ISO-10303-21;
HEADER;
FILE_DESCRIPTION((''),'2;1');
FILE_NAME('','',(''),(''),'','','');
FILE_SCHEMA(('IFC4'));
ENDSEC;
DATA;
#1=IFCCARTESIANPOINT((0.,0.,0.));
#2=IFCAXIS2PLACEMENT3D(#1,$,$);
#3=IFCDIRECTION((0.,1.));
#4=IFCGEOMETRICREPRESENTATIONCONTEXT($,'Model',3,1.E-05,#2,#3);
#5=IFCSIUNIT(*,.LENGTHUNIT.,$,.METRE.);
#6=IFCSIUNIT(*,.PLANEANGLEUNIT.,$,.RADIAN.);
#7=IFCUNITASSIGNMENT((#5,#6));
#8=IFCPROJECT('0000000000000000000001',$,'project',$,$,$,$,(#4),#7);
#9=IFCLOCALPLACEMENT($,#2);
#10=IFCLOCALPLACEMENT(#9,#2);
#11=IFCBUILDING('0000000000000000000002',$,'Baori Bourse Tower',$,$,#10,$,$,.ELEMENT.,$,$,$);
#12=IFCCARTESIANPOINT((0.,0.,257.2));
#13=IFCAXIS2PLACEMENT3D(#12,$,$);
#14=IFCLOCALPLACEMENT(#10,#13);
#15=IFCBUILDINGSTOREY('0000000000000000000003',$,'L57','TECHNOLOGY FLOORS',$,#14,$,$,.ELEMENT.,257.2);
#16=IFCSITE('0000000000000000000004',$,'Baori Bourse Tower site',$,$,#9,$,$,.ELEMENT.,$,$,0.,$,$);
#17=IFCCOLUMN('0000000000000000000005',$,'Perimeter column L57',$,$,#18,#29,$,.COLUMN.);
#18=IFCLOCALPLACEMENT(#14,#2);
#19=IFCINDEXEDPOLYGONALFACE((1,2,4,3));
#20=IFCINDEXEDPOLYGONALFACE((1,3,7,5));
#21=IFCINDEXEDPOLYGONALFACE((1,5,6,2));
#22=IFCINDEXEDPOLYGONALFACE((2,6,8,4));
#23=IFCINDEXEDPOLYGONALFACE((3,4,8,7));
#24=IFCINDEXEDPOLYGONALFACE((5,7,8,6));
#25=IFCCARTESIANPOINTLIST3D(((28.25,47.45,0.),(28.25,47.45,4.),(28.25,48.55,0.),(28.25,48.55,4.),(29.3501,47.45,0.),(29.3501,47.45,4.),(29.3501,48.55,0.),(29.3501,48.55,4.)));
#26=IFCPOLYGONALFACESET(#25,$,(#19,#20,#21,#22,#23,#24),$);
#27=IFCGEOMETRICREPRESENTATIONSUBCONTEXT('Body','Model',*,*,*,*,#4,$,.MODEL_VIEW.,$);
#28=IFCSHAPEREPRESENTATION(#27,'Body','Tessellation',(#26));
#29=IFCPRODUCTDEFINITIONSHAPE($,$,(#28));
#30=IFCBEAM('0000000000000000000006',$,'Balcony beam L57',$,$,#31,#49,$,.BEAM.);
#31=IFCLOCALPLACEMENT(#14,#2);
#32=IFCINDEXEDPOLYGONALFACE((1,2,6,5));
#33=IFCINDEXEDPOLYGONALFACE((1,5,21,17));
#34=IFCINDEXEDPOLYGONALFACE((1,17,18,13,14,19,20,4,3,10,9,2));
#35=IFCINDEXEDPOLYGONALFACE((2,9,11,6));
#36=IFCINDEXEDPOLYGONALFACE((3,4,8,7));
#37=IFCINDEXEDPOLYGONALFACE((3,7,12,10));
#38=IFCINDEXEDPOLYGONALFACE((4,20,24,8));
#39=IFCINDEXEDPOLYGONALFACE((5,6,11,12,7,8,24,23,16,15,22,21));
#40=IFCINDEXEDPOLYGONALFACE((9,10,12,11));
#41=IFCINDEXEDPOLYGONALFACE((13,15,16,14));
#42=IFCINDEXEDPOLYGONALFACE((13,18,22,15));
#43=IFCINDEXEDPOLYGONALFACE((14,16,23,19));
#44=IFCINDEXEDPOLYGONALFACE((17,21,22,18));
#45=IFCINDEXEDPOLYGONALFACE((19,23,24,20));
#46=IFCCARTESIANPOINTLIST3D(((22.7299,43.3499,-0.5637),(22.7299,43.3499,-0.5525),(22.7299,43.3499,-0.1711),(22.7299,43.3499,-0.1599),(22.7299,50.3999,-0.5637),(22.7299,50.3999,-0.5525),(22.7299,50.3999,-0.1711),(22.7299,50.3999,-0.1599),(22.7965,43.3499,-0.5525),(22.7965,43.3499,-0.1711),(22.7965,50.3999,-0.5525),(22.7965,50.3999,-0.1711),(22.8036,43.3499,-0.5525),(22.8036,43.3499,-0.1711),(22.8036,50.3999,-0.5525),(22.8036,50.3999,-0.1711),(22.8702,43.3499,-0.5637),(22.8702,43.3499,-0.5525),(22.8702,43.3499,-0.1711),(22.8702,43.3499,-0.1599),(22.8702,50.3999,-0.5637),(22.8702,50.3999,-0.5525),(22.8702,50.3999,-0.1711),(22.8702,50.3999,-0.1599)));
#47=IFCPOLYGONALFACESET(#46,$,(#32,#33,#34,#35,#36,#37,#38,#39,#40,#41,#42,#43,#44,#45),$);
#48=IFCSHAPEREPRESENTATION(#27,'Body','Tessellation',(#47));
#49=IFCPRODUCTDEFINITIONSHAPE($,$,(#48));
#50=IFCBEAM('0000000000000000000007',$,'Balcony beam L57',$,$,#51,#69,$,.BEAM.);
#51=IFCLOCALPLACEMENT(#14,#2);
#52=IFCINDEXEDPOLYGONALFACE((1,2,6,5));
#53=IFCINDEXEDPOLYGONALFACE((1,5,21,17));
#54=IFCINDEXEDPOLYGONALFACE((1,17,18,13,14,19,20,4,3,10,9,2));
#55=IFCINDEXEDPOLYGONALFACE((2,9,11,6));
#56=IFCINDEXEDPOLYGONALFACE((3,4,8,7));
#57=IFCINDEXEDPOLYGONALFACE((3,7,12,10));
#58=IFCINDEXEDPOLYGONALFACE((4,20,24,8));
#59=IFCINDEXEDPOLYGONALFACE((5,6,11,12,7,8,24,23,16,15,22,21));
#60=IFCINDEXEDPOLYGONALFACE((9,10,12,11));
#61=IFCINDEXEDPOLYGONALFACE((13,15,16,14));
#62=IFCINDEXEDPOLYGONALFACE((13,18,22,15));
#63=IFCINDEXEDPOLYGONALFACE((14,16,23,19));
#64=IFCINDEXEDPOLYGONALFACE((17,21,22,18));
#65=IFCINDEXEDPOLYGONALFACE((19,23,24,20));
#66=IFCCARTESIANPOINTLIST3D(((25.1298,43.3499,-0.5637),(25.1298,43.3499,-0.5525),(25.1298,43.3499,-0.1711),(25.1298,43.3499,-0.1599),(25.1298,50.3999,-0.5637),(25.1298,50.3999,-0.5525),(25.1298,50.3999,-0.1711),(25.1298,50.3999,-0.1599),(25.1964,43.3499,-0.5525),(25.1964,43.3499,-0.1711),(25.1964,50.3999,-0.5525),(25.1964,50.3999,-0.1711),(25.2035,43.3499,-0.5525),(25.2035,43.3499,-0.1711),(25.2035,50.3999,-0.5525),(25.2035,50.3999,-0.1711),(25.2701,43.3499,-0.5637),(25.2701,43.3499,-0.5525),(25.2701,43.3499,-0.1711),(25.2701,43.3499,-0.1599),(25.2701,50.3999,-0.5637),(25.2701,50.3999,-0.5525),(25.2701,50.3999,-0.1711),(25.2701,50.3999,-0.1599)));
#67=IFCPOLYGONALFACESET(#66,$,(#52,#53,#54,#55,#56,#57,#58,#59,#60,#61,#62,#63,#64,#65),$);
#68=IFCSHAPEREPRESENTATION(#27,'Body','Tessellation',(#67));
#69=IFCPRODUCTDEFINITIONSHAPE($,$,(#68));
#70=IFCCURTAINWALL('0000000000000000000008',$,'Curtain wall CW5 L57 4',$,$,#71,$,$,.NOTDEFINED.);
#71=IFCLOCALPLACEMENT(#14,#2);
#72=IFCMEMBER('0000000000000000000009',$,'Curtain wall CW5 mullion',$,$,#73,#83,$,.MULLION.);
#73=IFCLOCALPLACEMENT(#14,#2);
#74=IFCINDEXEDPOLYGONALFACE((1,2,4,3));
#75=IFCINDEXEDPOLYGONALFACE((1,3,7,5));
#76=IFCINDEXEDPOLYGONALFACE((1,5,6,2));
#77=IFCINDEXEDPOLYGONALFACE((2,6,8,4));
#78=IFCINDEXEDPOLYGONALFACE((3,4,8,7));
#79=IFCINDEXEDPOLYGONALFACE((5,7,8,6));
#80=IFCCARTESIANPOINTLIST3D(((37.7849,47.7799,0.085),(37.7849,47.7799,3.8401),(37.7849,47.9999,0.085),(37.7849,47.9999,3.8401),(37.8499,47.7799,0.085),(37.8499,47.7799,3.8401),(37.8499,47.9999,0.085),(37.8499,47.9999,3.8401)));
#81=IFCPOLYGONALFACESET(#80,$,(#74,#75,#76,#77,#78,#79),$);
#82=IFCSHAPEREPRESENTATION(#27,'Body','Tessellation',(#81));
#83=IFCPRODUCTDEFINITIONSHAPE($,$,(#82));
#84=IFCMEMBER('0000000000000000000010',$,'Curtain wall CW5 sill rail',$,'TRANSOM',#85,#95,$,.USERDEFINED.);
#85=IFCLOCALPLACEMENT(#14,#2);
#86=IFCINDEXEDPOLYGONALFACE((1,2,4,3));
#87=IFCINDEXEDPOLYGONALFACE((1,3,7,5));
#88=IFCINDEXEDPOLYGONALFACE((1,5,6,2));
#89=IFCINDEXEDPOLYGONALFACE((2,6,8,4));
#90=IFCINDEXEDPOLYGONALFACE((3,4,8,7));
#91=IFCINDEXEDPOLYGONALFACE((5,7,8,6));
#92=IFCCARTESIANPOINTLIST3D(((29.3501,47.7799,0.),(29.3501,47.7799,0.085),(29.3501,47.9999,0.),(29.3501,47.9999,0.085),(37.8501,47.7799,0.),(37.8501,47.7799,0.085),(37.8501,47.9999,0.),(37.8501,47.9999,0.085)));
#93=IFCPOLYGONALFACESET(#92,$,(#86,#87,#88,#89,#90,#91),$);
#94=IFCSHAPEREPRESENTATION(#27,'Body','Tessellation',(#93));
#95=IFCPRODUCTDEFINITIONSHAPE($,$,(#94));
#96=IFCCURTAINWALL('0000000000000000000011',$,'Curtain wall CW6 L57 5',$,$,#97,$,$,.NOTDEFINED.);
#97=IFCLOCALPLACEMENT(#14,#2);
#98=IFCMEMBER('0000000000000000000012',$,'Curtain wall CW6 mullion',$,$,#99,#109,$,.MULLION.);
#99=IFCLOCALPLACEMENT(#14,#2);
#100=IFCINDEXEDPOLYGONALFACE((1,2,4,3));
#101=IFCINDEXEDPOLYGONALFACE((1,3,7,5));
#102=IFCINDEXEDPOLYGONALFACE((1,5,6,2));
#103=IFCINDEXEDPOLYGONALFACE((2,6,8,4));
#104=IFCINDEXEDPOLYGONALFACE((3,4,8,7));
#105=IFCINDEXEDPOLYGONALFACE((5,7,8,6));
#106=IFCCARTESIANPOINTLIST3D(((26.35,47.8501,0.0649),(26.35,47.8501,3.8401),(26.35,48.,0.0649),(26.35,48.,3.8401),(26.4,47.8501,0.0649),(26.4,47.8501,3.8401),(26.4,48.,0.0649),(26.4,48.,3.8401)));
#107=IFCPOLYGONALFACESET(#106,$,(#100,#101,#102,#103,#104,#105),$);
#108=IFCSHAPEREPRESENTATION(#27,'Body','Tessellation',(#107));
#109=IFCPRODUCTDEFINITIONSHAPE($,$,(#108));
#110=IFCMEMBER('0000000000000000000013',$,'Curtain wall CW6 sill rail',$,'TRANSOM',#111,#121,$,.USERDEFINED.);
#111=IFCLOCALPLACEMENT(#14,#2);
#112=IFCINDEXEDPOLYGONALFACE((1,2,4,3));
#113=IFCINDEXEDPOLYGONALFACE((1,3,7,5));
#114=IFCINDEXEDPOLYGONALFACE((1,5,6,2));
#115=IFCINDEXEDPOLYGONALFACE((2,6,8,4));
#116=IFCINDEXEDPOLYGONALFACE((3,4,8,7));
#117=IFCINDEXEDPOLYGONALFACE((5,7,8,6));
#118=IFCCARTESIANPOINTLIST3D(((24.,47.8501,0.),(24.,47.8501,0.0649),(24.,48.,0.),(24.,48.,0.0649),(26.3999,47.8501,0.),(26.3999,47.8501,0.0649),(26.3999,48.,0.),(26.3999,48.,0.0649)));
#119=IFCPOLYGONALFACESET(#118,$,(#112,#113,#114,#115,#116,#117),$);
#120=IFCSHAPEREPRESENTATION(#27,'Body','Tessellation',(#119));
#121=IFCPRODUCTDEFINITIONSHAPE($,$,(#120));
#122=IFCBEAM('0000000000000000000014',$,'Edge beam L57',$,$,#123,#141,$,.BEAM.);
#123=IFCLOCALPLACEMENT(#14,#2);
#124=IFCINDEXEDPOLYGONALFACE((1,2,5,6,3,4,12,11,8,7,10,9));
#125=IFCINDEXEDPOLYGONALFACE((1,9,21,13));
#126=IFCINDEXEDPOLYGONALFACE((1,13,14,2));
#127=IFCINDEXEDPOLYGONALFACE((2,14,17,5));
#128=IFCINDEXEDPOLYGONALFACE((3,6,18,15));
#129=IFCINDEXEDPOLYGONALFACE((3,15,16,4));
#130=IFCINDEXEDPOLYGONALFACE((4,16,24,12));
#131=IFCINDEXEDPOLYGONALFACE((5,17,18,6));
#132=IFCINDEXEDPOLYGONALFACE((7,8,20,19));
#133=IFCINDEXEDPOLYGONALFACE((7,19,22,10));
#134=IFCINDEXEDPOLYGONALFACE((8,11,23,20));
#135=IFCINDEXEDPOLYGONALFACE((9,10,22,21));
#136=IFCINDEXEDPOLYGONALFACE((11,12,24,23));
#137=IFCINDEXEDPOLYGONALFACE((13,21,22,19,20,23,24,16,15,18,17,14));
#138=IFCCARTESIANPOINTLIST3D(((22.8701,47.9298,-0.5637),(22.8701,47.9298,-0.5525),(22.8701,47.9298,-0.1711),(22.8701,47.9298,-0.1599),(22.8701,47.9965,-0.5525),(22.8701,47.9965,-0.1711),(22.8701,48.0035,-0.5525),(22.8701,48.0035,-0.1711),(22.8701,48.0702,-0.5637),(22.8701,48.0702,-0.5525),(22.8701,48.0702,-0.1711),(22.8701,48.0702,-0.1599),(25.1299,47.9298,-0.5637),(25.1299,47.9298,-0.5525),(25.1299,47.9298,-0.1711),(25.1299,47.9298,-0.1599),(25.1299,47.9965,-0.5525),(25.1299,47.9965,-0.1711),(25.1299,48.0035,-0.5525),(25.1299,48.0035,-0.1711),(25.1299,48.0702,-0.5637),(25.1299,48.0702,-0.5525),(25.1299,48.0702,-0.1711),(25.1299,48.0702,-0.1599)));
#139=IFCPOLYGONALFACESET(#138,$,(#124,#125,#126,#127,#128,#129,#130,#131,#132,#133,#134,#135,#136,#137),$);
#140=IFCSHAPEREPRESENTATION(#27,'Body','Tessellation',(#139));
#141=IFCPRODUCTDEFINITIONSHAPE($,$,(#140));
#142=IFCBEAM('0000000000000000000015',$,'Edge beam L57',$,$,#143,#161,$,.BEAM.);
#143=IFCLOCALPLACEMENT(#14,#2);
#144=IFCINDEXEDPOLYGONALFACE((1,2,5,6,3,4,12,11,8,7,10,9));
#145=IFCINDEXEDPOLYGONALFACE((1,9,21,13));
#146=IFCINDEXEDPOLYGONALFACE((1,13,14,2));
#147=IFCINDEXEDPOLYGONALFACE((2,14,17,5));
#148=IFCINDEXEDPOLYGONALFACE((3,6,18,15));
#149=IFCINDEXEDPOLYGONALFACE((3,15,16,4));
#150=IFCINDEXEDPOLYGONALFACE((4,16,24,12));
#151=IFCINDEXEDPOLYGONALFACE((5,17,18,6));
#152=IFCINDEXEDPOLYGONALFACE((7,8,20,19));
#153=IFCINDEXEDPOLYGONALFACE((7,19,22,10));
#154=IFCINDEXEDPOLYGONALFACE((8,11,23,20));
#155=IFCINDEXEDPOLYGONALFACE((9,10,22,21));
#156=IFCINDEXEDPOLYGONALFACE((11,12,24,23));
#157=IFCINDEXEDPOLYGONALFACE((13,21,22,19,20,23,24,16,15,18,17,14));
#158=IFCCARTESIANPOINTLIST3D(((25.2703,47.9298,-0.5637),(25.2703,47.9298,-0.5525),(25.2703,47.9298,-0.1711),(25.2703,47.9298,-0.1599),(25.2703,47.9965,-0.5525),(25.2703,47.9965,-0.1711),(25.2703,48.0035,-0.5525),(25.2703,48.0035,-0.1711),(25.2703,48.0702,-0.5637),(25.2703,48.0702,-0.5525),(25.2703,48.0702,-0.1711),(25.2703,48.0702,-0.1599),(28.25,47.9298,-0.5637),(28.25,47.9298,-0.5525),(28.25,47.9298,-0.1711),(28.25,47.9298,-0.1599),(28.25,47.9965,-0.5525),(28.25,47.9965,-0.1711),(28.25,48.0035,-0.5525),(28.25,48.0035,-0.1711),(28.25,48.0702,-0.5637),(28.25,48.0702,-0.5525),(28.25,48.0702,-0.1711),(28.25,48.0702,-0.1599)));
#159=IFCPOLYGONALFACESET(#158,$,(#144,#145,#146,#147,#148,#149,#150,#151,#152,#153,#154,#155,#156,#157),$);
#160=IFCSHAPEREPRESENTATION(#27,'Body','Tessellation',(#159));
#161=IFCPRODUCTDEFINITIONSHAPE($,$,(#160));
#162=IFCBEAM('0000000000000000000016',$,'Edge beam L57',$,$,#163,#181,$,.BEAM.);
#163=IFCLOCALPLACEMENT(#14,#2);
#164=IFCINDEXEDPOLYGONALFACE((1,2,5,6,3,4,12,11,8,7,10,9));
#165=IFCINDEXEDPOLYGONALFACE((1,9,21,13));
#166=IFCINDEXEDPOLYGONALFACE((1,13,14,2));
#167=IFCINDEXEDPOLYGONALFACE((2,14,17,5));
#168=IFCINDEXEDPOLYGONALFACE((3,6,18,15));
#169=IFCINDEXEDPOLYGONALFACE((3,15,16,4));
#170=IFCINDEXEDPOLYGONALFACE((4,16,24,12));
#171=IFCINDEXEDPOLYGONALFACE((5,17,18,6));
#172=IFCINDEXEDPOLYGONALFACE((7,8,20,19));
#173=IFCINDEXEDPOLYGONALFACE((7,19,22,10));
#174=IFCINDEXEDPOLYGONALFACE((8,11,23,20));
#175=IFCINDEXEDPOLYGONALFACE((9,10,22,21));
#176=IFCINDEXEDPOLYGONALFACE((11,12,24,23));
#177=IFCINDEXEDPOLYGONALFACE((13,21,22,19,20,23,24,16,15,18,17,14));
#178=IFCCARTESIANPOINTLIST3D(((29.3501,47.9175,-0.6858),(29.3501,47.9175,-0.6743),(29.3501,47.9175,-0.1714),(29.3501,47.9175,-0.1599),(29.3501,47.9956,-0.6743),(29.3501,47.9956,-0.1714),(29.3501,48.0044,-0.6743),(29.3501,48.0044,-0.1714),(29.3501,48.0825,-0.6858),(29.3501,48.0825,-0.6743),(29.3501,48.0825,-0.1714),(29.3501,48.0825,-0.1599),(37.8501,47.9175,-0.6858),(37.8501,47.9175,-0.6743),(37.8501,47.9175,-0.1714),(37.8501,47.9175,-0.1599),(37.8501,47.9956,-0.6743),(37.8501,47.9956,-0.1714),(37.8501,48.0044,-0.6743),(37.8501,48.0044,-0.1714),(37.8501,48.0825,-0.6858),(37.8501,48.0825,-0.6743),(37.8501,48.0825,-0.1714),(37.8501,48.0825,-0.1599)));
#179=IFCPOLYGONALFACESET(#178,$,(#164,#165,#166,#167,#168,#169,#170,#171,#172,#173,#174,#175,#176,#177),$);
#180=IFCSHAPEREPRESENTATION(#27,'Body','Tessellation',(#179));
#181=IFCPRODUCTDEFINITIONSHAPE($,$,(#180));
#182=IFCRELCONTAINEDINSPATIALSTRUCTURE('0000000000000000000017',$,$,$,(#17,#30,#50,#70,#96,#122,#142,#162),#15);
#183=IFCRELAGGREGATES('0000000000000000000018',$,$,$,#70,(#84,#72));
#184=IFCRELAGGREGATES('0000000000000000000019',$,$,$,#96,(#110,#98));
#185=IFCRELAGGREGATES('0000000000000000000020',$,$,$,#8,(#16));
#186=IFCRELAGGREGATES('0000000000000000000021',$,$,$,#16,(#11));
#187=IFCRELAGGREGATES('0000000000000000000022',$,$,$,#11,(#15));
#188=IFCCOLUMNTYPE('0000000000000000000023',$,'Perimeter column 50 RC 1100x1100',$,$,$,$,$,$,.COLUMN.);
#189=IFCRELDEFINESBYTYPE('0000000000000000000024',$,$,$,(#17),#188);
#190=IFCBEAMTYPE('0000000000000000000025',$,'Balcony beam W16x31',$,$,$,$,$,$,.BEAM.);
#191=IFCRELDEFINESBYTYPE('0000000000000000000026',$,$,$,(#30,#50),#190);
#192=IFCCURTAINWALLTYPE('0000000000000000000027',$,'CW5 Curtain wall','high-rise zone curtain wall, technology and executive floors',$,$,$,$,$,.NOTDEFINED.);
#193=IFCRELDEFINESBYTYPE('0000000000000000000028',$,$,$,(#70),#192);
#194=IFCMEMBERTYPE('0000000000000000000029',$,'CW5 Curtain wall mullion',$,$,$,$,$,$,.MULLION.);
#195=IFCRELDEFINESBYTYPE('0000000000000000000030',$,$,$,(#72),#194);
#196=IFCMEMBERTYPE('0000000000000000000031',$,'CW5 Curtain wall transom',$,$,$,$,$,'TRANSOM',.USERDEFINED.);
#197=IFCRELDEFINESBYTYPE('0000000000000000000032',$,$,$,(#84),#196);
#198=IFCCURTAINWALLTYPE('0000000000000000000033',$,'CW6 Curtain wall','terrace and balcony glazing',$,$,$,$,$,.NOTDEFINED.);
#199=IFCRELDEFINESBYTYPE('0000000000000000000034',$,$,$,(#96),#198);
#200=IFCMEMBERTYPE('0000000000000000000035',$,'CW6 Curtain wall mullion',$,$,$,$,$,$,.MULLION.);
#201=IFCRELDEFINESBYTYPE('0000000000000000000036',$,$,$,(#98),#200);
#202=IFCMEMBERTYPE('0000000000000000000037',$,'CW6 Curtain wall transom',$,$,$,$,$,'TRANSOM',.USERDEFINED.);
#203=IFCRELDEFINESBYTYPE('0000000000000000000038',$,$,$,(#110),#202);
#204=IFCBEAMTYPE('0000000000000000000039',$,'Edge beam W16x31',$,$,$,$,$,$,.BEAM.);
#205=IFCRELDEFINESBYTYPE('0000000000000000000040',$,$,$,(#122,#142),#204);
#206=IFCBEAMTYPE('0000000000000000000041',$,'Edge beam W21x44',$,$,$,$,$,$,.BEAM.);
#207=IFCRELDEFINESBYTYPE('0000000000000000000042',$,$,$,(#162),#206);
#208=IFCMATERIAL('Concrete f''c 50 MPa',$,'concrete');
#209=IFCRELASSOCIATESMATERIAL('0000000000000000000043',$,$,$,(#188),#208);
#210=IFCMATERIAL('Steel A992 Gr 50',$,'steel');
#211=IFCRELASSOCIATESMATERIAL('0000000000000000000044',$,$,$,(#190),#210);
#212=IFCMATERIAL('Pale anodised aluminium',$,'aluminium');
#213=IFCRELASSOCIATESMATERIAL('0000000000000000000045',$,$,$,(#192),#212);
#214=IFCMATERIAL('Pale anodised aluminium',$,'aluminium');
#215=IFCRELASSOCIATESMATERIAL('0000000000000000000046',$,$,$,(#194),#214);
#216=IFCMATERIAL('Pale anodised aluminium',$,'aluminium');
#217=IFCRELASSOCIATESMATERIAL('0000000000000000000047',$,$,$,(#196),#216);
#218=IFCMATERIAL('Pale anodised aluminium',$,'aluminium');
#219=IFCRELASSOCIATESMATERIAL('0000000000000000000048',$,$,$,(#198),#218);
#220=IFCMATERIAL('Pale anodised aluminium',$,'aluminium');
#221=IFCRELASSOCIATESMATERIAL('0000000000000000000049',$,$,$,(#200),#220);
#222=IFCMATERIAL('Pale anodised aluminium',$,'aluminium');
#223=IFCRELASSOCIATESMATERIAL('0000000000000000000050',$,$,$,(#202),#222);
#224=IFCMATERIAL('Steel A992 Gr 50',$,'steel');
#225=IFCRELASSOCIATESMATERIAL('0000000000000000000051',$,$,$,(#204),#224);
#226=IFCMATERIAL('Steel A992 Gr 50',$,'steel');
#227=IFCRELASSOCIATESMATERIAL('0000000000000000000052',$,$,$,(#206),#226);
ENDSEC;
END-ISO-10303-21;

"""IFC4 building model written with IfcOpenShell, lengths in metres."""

from ifc_helpers import new_model, si_unit, direction, frame, origin, origin_2d, place, context, subcontext, project, spatial, rectangle, i_section, extrude, material, material_profile, profile_set, type_object, element, aggregate, save


model = new_model("IFC4")

# Units and contexts
model_context = context("Model", 3, precision=1e-05, world=origin(), true_north=direction((0.0, 1.0)))
body_context = subcontext(model_context, "Body", "Model", "MODEL_VIEW")
ifc_project = project(units=[si_unit("LENGTHUNIT", "METRE"), si_unit("PLANEANGLEUNIT", "RADIAN")], contexts=[model_context])

# Site, building, storey
site_placement = place(None, origin())
site = spatial("IfcSite", under=ifc_project, at=site_placement, Name="Baori Bourse Tower site", CompositionType="ELEMENT", RefElevation=0.0)
building_placement = place(site_placement, origin())
building = spatial("IfcBuilding", under=site, at=building_placement, Name="Baori Bourse Tower", CompositionType="ELEMENT")
storey_placement = place(building_placement, frame((0.0, 0.0, 257.2)))
storey = spatial("IfcBuildingStorey", under=building, at=storey_placement, Name="L57", Description="TECHNOLOGY FLOORS", CompositionType="ELEMENT", Elevation=257.2)

# Column
ifc_material_1 = material(Name="Concrete f'c 50 MPa", Category="concrete")
ifc_material_profile_1 = material_profile(ifc_material_1, rectangle(XDim=1.1001, YDim=1.1001, at=origin_2d()), Name="RC 1100x1100")
ifc_profile_set_1 = profile_set([ifc_material_profile_1], Name="Concrete f'c 50 MPa")
column_type = type_object("IfcColumnType", Name="Perimeter column 50 RC 1100x1100", PredefinedType="COLUMN", material=ifc_profile_set_1)
column_placement = place(storey_placement, frame((28.8, 48.0, 0.0), z_axis=(0.0, 0.0, 1.0), x_axis=(1.0, 0.0, 0.0)))
element("IfcColumn", 1, at=column_placement, inside=storey, type_object=column_type, Name="Perimeter column L57", PredefinedType="COLUMN", context=body_context, shape_type="SweptSolid", body=[
    extrude(rectangle(XDim=1.1001, YDim=1.1001, at=origin_2d()), origin(), (0.0, 0.0, 1.0), 4.0),
])

# Beams
ifc_material_2 = material(Name="Steel A992 Gr 50", Category="steel")
ifc_material_profile_2 = material_profile(ifc_material_2, i_section(OverallWidth=0.1404, OverallDepth=0.4038, WebThickness=0.0071, FlangeThickness=0.0112, at=origin_2d()), Name="W16x31")
ifc_profile_set_2 = profile_set([ifc_material_profile_2], Name="Steel A992 Gr 50")
beam_type_1 = type_object("IfcBeamType", Name="Balcony beam W16x31", PredefinedType="BEAM", material=ifc_profile_set_2)
for number, where, z_axis, x_axis, name in (
    (2, (22.8, 50.3999, -0.3618), (0.0, -1.0, 0.0), (1.0, 0.0, 0.0), "Balcony beam L57"),
    (3, (25.2, 50.3999, -0.3618), (0.0, -1.0, 0.0), (1.0, 0.0, 0.0), "Balcony beam L57"),
):
    element("IfcBeam", number, at=place(storey_placement, frame(where, z_axis=z_axis, x_axis=x_axis)), inside=storey, type_object=beam_type_1, Name=name, PredefinedType="BEAM", context=body_context, shape_type="SweptSolid", body=[
        extrude(i_section(OverallWidth=0.1404, OverallDepth=0.4038, WebThickness=0.0071, FlangeThickness=0.0112, at=origin_2d()), origin(), (0.0, 0.0, 1.0), 7.05),
    ])

# Curtain walls, members
ifc_material_3 = material(Name="Pale anodised aluminium", Category="aluminium")
curtain_wall_type_1 = type_object("IfcCurtainWallType", Name="CW5 Curtain wall", Description="high-rise zone curtain wall, technology and executive floors", PredefinedType="NOTDEFINED", material=ifc_material_3)
curtain_wall_1_placement = place(storey_placement, origin())
curtain_wall_1 = element("IfcCurtainWall", 4, at=curtain_wall_1_placement, inside=storey, type_object=curtain_wall_type_1, Name="Curtain wall CW5 L57 4", PredefinedType="NOTDEFINED")
ifc_material_4 = material(Name="Pale anodised aluminium", Category="aluminium")
ifc_material_profile_3 = material_profile(ifc_material_4, rectangle(XDim=0.22, YDim=0.0649, at=origin_2d()), Name="Mullion 65x220")
ifc_profile_set_3 = profile_set([ifc_material_profile_3], Name="Pale anodised aluminium")
member_type_1 = type_object("IfcMemberType", Name="CW5 Curtain wall mullion", PredefinedType="MULLION", material=ifc_profile_set_3)
member_1_placement = place(storey_placement, frame((37.8174, 47.8899, 0.085), z_axis=(0.0, 0.0, 1.0), x_axis=(0.0, -1.0, 0.0)))
member_1 = element("IfcMember", 5, at=member_1_placement, type_object=member_type_1, Name="Curtain wall CW5 mullion", PredefinedType="MULLION", context=body_context, shape_type="SweptSolid", body=[
    extrude(rectangle(XDim=0.22, YDim=0.0649, at=origin_2d()), origin(), (0.0, 0.0, 1.0), 3.7551),
])
ifc_material_5 = material(Name="Pale anodised aluminium", Category="aluminium")
ifc_material_profile_4 = material_profile(ifc_material_5, rectangle(XDim=0.22, YDim=0.085, at=origin_2d()), Name="Transom 85x220")
ifc_profile_set_4 = profile_set([ifc_material_profile_4], Name="Pale anodised aluminium")
member_type_2 = type_object("IfcMemberType", Name="CW5 Curtain wall transom", ElementType="TRANSOM", PredefinedType="USERDEFINED", material=ifc_profile_set_4)
member_2_placement = place(storey_placement, frame((37.8501, 47.8899, 0.0425), z_axis=(-1.0, 0.0, 0.0), x_axis=(0.0, -1.0, 0.0)))
member_2 = element("IfcMember", 6, at=member_2_placement, type_object=member_type_2, Name="Curtain wall CW5 sill rail", ObjectType="TRANSOM", PredefinedType="USERDEFINED", context=body_context, shape_type="SweptSolid", body=[
    extrude(rectangle(XDim=0.22, YDim=0.085, at=origin_2d()), origin(), (0.0, 0.0, 1.0), 8.5),
])
aggregate(curtain_wall_1, [member_2, member_1])
ifc_material_6 = material(Name="Pale anodised aluminium", Category="aluminium")
curtain_wall_type_2 = type_object("IfcCurtainWallType", Name="CW6 Curtain wall", Description="terrace and balcony glazing", PredefinedType="NOTDEFINED", material=ifc_material_6)
curtain_wall_2_placement = place(storey_placement, origin())
curtain_wall_2 = element("IfcCurtainWall", 7, at=curtain_wall_2_placement, inside=storey, type_object=curtain_wall_type_2, Name="Curtain wall CW6 L57 5", PredefinedType="NOTDEFINED")
ifc_material_7 = material(Name="Pale anodised aluminium", Category="aluminium")
ifc_material_profile_5 = material_profile(ifc_material_7, rectangle(XDim=0.1499, YDim=0.05, at=origin_2d()), Name="Mullion 50x150")
ifc_profile_set_5 = profile_set([ifc_material_profile_5], Name="Pale anodised aluminium")
member_type_3 = type_object("IfcMemberType", Name="CW6 Curtain wall mullion", PredefinedType="MULLION", material=ifc_profile_set_5)
member_3_placement = place(storey_placement, frame((26.375, 47.925, 0.0649), z_axis=(0.0, 0.0, 1.0), x_axis=(0.0, -1.0, 0.0)))
member_3 = element("IfcMember", 8, at=member_3_placement, type_object=member_type_3, Name="Curtain wall CW6 mullion", PredefinedType="MULLION", context=body_context, shape_type="SweptSolid", body=[
    extrude(rectangle(XDim=0.1499, YDim=0.05, at=origin_2d()), origin(), (0.0, 0.0, 1.0), 3.7751),
])
ifc_material_8 = material(Name="Pale anodised aluminium", Category="aluminium")
ifc_material_profile_6 = material_profile(ifc_material_8, rectangle(XDim=0.1499, YDim=0.0649, at=origin_2d()), Name="Transom 65x150")
ifc_profile_set_6 = profile_set([ifc_material_profile_6], Name="Pale anodised aluminium")
member_type_4 = type_object("IfcMemberType", Name="CW6 Curtain wall transom", ElementType="TRANSOM", PredefinedType="USERDEFINED", material=ifc_profile_set_6)
member_4_placement = place(storey_placement, frame((26.3999, 47.925, 0.0325), z_axis=(-1.0, 0.0, 0.0), x_axis=(0.0, -1.0, 0.0)))
member_4 = element("IfcMember", 9, at=member_4_placement, type_object=member_type_4, Name="Curtain wall CW6 sill rail", ObjectType="TRANSOM", PredefinedType="USERDEFINED", context=body_context, shape_type="SweptSolid", body=[
    extrude(rectangle(XDim=0.1499, YDim=0.0649, at=origin_2d()), origin(), (0.0, 0.0, 1.0), 2.3999),
])

# Beams
ifc_material_9 = material(Name="Steel A992 Gr 50", Category="steel")
ifc_material_profile_7 = material_profile(ifc_material_9, i_section(OverallWidth=0.1404, OverallDepth=0.4038, WebThickness=0.0071, FlangeThickness=0.0112, at=origin_2d()), Name="W16x31")
ifc_profile_set_7 = profile_set([ifc_material_profile_7], Name="Steel A992 Gr 50")
beam_type_2 = type_object("IfcBeamType", Name="Edge beam W16x31", PredefinedType="BEAM", material=ifc_profile_set_7)
beam_1_placement = place(storey_placement, frame((22.8701, 48.0, -0.3618), z_axis=(1.0, 0.0, 0.0), x_axis=(0.0, 1.0, 0.0)))
element("IfcBeam", 10, at=beam_1_placement, inside=storey, type_object=beam_type_2, Name="Edge beam L57", PredefinedType="BEAM", context=body_context, shape_type="SweptSolid", body=[
    extrude(i_section(OverallWidth=0.1404, OverallDepth=0.4038, WebThickness=0.0071, FlangeThickness=0.0112, at=origin_2d()), origin(), (0.0, 0.0, 1.0), 2.2598),
])
beam_2_placement = place(storey_placement, frame((25.2703, 48.0, -0.3618), z_axis=(1.0, 0.0, 0.0), x_axis=(0.0, 1.0, 0.0)))
element("IfcBeam", 11, at=beam_2_placement, inside=storey, type_object=beam_type_2, Name="Edge beam L57", PredefinedType="BEAM", context=body_context, shape_type="SweptSolid", body=[
    extrude(i_section(OverallWidth=0.1404, OverallDepth=0.4038, WebThickness=0.0071, FlangeThickness=0.0112, at=origin_2d()), origin(), (0.0, 0.0, 1.0), 2.9797),
])
ifc_material_10 = material(Name="Steel A992 Gr 50", Category="steel")
ifc_material_profile_8 = material_profile(ifc_material_10, i_section(OverallWidth=0.165, OverallDepth=0.5259, WebThickness=0.0088, FlangeThickness=0.0115, at=origin_2d()), Name="W21x44")
ifc_profile_set_8 = profile_set([ifc_material_profile_8], Name="Steel A992 Gr 50")
beam_type_3 = type_object("IfcBeamType", Name="Edge beam W21x44", PredefinedType="BEAM", material=ifc_profile_set_8)
beam_3_placement = place(storey_placement, frame((29.3501, 48.0, -0.4229), z_axis=(1.0, 0.0, 0.0), x_axis=(0.0, 1.0, 0.0)))
element("IfcBeam", 12, at=beam_3_placement, inside=storey, type_object=beam_type_3, Name="Edge beam L57", PredefinedType="BEAM", context=body_context, shape_type="SweptSolid", body=[
    extrude(i_section(OverallWidth=0.165, OverallDepth=0.5259, WebThickness=0.0088, FlangeThickness=0.0115, at=origin_2d()), origin(), (0.0, 0.0, 1.0), 8.5),
])

aggregate(curtain_wall_2, [member_4, member_3])

save(model, "model.ifc")
